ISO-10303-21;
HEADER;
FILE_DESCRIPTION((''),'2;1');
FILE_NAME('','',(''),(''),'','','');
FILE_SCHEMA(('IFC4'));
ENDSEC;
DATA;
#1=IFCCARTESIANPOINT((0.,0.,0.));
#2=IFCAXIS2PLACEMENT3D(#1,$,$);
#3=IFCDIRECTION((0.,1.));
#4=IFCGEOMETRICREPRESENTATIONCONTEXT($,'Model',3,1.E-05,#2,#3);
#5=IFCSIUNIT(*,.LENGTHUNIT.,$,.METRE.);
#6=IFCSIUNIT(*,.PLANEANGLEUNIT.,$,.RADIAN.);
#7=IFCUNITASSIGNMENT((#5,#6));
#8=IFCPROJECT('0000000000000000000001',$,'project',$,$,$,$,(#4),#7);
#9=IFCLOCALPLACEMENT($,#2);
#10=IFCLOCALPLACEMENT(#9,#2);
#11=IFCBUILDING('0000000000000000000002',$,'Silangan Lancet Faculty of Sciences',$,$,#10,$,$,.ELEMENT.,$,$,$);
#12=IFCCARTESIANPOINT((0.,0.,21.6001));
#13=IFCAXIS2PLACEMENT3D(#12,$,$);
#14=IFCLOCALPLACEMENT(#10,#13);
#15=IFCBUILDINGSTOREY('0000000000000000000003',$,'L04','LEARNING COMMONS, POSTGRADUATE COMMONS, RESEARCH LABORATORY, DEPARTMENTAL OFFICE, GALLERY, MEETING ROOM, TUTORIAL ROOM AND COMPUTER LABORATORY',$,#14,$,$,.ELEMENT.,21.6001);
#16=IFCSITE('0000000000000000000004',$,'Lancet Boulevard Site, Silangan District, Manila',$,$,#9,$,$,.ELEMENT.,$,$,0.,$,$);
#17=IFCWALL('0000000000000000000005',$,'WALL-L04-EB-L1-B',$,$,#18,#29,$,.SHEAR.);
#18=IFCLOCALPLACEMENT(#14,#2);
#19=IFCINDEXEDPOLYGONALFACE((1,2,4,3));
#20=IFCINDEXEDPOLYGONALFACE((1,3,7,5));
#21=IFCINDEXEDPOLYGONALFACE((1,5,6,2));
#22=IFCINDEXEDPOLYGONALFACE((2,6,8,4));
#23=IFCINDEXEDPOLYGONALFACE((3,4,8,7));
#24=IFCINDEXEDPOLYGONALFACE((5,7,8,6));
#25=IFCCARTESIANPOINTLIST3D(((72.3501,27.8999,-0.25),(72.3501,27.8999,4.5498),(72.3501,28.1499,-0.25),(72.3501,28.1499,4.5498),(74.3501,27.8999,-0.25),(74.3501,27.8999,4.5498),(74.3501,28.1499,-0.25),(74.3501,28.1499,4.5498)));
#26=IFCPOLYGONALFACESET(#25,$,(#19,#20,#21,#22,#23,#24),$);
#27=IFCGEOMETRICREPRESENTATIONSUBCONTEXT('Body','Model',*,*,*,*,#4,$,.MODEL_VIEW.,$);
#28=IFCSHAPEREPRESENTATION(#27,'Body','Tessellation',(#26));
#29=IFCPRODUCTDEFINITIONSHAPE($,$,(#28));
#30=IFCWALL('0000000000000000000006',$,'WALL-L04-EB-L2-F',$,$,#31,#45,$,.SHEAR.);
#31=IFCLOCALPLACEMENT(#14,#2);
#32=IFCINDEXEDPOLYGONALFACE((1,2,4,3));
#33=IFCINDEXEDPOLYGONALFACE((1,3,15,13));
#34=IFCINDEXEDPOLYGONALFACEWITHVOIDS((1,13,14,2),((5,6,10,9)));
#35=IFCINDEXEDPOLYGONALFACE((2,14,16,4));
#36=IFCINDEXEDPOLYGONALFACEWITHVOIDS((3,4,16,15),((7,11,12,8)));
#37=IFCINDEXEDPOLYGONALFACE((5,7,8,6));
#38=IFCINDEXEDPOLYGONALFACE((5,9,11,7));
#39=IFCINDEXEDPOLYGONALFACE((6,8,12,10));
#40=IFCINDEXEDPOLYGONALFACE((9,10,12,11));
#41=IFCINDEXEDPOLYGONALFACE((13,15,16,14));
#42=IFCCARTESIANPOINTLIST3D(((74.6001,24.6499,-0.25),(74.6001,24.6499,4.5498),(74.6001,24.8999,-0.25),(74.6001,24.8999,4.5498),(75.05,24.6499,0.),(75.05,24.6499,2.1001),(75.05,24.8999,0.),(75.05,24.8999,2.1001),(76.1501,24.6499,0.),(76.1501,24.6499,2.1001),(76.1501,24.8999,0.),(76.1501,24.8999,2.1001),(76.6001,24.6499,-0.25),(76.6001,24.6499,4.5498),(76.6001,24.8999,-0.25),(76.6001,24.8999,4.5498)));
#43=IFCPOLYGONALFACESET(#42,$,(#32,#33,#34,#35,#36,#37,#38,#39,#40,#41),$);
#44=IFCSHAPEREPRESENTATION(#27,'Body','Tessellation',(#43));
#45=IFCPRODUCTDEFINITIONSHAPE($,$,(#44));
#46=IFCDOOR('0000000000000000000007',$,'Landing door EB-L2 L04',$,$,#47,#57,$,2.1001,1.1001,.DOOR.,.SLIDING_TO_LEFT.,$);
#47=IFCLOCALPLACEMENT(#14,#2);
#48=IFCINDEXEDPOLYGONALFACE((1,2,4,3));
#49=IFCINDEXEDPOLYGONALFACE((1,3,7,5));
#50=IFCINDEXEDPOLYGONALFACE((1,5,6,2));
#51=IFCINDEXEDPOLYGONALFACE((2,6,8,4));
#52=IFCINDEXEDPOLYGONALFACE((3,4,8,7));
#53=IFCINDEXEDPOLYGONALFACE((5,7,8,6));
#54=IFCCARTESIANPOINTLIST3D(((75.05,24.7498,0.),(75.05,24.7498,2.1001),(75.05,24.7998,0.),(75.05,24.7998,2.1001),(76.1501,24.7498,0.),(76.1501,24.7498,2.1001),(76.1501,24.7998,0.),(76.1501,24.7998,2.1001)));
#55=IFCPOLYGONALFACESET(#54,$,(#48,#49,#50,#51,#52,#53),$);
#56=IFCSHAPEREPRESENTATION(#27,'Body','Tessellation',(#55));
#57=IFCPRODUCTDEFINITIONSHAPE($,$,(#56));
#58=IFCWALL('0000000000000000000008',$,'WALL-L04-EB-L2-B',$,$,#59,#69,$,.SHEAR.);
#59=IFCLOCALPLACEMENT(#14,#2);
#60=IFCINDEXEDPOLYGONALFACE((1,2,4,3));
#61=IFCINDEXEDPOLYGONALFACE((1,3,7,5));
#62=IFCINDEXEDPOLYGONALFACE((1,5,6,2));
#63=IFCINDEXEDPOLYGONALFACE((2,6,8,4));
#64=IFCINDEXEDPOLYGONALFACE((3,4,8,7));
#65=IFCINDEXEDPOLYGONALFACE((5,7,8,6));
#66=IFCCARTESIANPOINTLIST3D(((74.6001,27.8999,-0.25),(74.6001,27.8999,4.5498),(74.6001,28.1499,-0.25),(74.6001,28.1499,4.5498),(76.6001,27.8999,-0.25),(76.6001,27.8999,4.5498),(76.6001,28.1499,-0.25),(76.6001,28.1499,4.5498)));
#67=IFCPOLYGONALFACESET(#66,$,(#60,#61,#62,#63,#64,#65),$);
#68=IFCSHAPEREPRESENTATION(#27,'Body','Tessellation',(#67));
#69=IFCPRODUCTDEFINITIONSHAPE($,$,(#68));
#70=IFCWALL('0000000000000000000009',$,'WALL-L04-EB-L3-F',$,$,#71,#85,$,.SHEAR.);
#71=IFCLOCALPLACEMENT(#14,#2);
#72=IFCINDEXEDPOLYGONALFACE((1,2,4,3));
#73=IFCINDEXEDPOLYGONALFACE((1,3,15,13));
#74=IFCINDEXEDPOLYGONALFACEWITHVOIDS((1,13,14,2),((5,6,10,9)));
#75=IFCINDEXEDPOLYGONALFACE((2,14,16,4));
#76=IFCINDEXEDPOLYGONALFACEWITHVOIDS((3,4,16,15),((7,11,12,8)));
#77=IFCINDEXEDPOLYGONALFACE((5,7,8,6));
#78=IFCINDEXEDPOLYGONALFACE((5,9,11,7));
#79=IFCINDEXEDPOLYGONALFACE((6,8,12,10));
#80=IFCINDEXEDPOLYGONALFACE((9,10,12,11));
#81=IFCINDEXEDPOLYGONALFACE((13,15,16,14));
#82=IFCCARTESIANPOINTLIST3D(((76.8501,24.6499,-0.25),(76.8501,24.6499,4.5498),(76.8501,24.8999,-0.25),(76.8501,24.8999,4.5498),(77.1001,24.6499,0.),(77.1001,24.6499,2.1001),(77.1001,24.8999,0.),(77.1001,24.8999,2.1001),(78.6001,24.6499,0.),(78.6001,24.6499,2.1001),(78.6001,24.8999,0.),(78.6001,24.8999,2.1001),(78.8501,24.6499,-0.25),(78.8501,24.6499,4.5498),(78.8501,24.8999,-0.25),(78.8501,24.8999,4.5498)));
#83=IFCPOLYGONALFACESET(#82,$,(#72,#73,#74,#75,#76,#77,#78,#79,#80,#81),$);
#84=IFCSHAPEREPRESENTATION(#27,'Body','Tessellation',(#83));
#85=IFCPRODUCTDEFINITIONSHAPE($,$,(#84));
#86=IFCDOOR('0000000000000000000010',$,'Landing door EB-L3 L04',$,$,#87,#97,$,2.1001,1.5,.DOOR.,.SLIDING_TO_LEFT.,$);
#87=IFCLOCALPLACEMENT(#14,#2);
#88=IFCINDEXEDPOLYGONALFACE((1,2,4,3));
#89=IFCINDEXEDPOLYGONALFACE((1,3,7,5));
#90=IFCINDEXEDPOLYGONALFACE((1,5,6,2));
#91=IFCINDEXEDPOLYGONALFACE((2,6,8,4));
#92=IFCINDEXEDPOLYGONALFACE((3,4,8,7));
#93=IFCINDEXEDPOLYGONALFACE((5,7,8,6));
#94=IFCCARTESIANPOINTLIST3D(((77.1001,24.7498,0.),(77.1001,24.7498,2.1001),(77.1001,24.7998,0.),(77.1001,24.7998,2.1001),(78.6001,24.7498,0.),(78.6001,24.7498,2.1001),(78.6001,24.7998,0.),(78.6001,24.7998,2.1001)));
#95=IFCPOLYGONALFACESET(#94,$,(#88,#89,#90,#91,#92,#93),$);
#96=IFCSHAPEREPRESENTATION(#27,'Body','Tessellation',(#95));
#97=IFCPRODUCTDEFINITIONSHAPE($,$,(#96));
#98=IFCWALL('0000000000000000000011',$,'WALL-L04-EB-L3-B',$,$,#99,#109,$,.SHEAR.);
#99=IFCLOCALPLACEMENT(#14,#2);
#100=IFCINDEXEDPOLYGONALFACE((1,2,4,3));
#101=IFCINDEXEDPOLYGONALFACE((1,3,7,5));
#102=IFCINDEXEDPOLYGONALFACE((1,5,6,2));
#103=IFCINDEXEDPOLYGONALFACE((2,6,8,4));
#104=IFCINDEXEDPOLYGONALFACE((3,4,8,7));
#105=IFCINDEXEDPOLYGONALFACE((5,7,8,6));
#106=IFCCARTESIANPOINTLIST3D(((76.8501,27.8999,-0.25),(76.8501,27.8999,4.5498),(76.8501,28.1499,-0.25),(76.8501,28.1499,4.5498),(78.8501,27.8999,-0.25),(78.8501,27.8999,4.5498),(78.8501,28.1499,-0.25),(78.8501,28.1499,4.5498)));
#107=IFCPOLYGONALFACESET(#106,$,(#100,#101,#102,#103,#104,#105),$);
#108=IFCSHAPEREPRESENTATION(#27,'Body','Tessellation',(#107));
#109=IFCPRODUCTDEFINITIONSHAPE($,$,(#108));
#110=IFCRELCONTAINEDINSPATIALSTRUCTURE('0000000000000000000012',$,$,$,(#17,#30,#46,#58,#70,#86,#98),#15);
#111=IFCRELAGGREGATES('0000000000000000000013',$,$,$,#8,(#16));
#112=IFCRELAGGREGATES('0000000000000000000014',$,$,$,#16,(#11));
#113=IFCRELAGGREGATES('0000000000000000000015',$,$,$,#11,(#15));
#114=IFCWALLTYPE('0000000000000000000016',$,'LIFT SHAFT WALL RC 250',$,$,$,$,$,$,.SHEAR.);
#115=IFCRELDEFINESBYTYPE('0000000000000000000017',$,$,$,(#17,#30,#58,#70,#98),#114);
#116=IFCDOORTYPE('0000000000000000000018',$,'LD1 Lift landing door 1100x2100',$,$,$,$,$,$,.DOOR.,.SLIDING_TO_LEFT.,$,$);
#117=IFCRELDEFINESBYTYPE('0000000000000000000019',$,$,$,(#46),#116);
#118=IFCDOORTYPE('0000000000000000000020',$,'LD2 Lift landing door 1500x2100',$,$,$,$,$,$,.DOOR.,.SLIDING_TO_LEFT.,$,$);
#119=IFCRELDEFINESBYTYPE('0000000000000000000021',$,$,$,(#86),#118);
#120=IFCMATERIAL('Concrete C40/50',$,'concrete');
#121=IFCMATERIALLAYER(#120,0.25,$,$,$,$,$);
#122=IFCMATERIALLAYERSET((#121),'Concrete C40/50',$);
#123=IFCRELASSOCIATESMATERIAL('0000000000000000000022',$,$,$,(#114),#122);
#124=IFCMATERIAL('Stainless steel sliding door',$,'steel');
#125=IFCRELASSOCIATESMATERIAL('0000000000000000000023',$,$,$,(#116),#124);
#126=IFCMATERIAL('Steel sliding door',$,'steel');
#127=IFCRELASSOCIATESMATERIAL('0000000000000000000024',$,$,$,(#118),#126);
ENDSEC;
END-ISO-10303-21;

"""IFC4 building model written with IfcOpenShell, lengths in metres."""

from ifc_helpers import new_model, si_unit, direction, frame, frame_2d, origin, place, context, subcontext, project, spatial, rectangle, extrude, material, layer, layer_set, type_object, element, fill, save


model = new_model("IFC4")

# Units and contexts
model_context = context("Model", 3, precision=1e-05, world=origin(), true_north=direction((0.0, 1.0)))
body_context = subcontext(model_context, "Body", "Model", "MODEL_VIEW")
ifc_project = project(units=[si_unit("LENGTHUNIT", "METRE"), si_unit("PLANEANGLEUNIT", "RADIAN")], contexts=[model_context])

# Site, building, storey
site_placement = place(None, origin())
site = spatial("IfcSite", under=ifc_project, at=site_placement, Name="Lancet Boulevard Site, Silangan District, Manila", CompositionType="ELEMENT", RefElevation=0.0)
building_placement = place(site_placement, origin())
building = spatial("IfcBuilding", under=site, at=building_placement, Name="Silangan Lancet Faculty of Sciences", CompositionType="ELEMENT")
storey_placement = place(building_placement, frame((0.0, 0.0, 21.6001)))
storey = spatial("IfcBuildingStorey", under=building, at=storey_placement, Name="L04", Description="LEARNING COMMONS, POSTGRADUATE COMMONS, RESEARCH LABORATORY, DEPARTMENTAL OFFICE, GALLERY, MEETING ROOM, TUTORIAL ROOM AND COMPUTER LABORATORY", CompositionType="ELEMENT", Elevation=21.6001)

# Shared definitions
ifc_material_1 = material(Name="Concrete C40/50", Category="concrete")
ifc_layer_1 = layer(ifc_material_1, 0.25)
ifc_layer_set_1 = layer_set([ifc_layer_1], Name="Concrete C40/50")
wall_type_1 = type_object("IfcWallType", Name="LIFT SHAFT WALL RC 250", PredefinedType="SHEAR", material=ifc_layer_set_1)

# Shared definitions
ifc_material_2 = material(Name="Stainless steel sliding door", Category="steel")
door_type_1 = type_object("IfcDoorType", Name="LD1 Lift landing door 1100x2100", OperationType="SLIDING_TO_LEFT", PredefinedType="DOOR", material=ifc_material_2)

# Wall
wall_1_placement = place(storey_placement, frame((72.3501, 28.0249, -0.25), z_axis=(0.0, 0.0, 1.0), x_axis=(1.0, 0.0, 0.0)))
element("IfcWall", 1, at=wall_1_placement, inside=storey, type_object=wall_type_1, Name="WALL-L04-EB-L1-B", PredefinedType="SHEAR", context=body_context, shape_type="SweptSolid", body=[
    extrude(rectangle(XDim=2.0, YDim=0.25, at=frame_2d((1.0, 0.0))), origin(), (0.0, 0.0, 1.0), 4.7998),
])

# Wall, opening, door
wall_2_placement = place(storey_placement, frame((74.6001, 24.7749, -0.25), z_axis=(0.0, 0.0, 1.0), x_axis=(1.0, 0.0, 0.0)))
wall_2 = element("IfcWall", 2, at=wall_2_placement, inside=storey, type_object=wall_type_1, Name="WALL-L04-EB-L2-F", PredefinedType="SHEAR", context=body_context, shape_type="SweptSolid", body=[
    extrude(rectangle(XDim=2.0, YDim=0.25, at=frame_2d((1.0, 0.0))), origin(), (0.0, 0.0, 1.0), 4.7998),
])
opening_1_placement = place(wall_2_placement, frame((0.45, 0.0, 0.25)))
opening_1 = element("IfcOpeningElement", 3, at=opening_1_placement, cuts=wall_2, PredefinedType="OPENING", context=body_context, shape_type="SweptSolid", body=[
    extrude(rectangle(XDim=1.1001, YDim=2.1001, at=frame_2d((0.55, 1.05))), frame((0.0, 0.135, 0.0), z_axis=(0.0, -1.0, 0.0), x_axis=(1.0, 0.0, 0.0)), (0.0, 0.0, 1.0), 0.27),
])
door_1_placement = place(opening_1_placement, origin())
door_1 = element("IfcDoor", 4, at=door_1_placement, inside=storey, type_object=door_type_1, Name="Landing door EB-L2 L04", OperationType="SLIDING_TO_LEFT", OverallHeight=2.1001, OverallWidth=1.1001, PredefinedType="DOOR", context=body_context, shape_type="SweptSolid", body=[
    extrude(rectangle(XDim=1.1001, YDim=2.1001, at=frame_2d((0.55, 1.05))), frame((0.0, 0.0249, 0.0), z_axis=(0.0, -1.0, 0.0), x_axis=(1.0, 0.0, 0.0)), (0.0, 0.0, 1.0), 0.05),
])
fill(opening_1, door_1)

# Wall
wall_3_placement = place(storey_placement, frame((74.6001, 28.0249, -0.25), z_axis=(0.0, 0.0, 1.0), x_axis=(1.0, 0.0, 0.0)))
element("IfcWall", 5, at=wall_3_placement, inside=storey, type_object=wall_type_1, Name="WALL-L04-EB-L2-B", PredefinedType="SHEAR", context=body_context, shape_type="SweptSolid", body=[
    extrude(rectangle(XDim=2.0, YDim=0.25, at=frame_2d((1.0, 0.0))), origin(), (0.0, 0.0, 1.0), 4.7998),
])

# Wall, opening, door
wall_4_placement = place(storey_placement, frame((76.8501, 24.7749, -0.25), z_axis=(0.0, 0.0, 1.0), x_axis=(1.0, 0.0, 0.0)))
wall_4 = element("IfcWall", 6, at=wall_4_placement, inside=storey, type_object=wall_type_1, Name="WALL-L04-EB-L3-F", PredefinedType="SHEAR", context=body_context, shape_type="SweptSolid", body=[
    extrude(rectangle(XDim=2.0, YDim=0.25, at=frame_2d((1.0, 0.0))), origin(), (0.0, 0.0, 1.0), 4.7998),
])
opening_2_placement = place(wall_4_placement, frame((0.25, 0.0, 0.25)))
opening_2 = element("IfcOpeningElement", 7, at=opening_2_placement, cuts=wall_4, PredefinedType="OPENING", context=body_context, shape_type="SweptSolid", body=[
    extrude(rectangle(XDim=1.5, YDim=2.1001, at=frame_2d((0.75, 1.05))), frame((0.0, 0.135, 0.0), z_axis=(0.0, -1.0, 0.0), x_axis=(1.0, 0.0, 0.0)), (0.0, 0.0, 1.0), 0.27),
])
ifc_material_3 = material(Name="Steel sliding door", Category="steel")
door_type_2 = type_object("IfcDoorType", Name="LD2 Lift landing door 1500x2100", OperationType="SLIDING_TO_LEFT", PredefinedType="DOOR", material=ifc_material_3)
door_2_placement = place(opening_2_placement, origin())
door_2 = element("IfcDoor", 8, at=door_2_placement, inside=storey, type_object=door_type_2, Name="Landing door EB-L3 L04", OperationType="SLIDING_TO_LEFT", OverallHeight=2.1001, OverallWidth=1.5, PredefinedType="DOOR", context=body_context, shape_type="SweptSolid", body=[
    extrude(rectangle(XDim=1.5, YDim=2.1001, at=frame_2d((0.75, 1.05))), frame((0.0, 0.0249, 0.0), z_axis=(0.0, -1.0, 0.0), x_axis=(1.0, 0.0, 0.0)), (0.0, 0.0, 1.0), 0.05),
])
fill(opening_2, door_2)

# Wall
wall_5_placement = place(storey_placement, frame((76.8501, 28.0249, -0.25), z_axis=(0.0, 0.0, 1.0), x_axis=(1.0, 0.0, 0.0)))
element("IfcWall", 9, at=wall_5_placement, inside=storey, type_object=wall_type_1, Name="WALL-L04-EB-L3-B", PredefinedType="SHEAR", context=body_context, shape_type="SweptSolid", body=[
    extrude(rectangle(XDim=2.0, YDim=0.25, at=frame_2d((1.0, 0.0))), origin(), (0.0, 0.0, 1.0), 4.7998),
])

save(model, "model.ifc")
